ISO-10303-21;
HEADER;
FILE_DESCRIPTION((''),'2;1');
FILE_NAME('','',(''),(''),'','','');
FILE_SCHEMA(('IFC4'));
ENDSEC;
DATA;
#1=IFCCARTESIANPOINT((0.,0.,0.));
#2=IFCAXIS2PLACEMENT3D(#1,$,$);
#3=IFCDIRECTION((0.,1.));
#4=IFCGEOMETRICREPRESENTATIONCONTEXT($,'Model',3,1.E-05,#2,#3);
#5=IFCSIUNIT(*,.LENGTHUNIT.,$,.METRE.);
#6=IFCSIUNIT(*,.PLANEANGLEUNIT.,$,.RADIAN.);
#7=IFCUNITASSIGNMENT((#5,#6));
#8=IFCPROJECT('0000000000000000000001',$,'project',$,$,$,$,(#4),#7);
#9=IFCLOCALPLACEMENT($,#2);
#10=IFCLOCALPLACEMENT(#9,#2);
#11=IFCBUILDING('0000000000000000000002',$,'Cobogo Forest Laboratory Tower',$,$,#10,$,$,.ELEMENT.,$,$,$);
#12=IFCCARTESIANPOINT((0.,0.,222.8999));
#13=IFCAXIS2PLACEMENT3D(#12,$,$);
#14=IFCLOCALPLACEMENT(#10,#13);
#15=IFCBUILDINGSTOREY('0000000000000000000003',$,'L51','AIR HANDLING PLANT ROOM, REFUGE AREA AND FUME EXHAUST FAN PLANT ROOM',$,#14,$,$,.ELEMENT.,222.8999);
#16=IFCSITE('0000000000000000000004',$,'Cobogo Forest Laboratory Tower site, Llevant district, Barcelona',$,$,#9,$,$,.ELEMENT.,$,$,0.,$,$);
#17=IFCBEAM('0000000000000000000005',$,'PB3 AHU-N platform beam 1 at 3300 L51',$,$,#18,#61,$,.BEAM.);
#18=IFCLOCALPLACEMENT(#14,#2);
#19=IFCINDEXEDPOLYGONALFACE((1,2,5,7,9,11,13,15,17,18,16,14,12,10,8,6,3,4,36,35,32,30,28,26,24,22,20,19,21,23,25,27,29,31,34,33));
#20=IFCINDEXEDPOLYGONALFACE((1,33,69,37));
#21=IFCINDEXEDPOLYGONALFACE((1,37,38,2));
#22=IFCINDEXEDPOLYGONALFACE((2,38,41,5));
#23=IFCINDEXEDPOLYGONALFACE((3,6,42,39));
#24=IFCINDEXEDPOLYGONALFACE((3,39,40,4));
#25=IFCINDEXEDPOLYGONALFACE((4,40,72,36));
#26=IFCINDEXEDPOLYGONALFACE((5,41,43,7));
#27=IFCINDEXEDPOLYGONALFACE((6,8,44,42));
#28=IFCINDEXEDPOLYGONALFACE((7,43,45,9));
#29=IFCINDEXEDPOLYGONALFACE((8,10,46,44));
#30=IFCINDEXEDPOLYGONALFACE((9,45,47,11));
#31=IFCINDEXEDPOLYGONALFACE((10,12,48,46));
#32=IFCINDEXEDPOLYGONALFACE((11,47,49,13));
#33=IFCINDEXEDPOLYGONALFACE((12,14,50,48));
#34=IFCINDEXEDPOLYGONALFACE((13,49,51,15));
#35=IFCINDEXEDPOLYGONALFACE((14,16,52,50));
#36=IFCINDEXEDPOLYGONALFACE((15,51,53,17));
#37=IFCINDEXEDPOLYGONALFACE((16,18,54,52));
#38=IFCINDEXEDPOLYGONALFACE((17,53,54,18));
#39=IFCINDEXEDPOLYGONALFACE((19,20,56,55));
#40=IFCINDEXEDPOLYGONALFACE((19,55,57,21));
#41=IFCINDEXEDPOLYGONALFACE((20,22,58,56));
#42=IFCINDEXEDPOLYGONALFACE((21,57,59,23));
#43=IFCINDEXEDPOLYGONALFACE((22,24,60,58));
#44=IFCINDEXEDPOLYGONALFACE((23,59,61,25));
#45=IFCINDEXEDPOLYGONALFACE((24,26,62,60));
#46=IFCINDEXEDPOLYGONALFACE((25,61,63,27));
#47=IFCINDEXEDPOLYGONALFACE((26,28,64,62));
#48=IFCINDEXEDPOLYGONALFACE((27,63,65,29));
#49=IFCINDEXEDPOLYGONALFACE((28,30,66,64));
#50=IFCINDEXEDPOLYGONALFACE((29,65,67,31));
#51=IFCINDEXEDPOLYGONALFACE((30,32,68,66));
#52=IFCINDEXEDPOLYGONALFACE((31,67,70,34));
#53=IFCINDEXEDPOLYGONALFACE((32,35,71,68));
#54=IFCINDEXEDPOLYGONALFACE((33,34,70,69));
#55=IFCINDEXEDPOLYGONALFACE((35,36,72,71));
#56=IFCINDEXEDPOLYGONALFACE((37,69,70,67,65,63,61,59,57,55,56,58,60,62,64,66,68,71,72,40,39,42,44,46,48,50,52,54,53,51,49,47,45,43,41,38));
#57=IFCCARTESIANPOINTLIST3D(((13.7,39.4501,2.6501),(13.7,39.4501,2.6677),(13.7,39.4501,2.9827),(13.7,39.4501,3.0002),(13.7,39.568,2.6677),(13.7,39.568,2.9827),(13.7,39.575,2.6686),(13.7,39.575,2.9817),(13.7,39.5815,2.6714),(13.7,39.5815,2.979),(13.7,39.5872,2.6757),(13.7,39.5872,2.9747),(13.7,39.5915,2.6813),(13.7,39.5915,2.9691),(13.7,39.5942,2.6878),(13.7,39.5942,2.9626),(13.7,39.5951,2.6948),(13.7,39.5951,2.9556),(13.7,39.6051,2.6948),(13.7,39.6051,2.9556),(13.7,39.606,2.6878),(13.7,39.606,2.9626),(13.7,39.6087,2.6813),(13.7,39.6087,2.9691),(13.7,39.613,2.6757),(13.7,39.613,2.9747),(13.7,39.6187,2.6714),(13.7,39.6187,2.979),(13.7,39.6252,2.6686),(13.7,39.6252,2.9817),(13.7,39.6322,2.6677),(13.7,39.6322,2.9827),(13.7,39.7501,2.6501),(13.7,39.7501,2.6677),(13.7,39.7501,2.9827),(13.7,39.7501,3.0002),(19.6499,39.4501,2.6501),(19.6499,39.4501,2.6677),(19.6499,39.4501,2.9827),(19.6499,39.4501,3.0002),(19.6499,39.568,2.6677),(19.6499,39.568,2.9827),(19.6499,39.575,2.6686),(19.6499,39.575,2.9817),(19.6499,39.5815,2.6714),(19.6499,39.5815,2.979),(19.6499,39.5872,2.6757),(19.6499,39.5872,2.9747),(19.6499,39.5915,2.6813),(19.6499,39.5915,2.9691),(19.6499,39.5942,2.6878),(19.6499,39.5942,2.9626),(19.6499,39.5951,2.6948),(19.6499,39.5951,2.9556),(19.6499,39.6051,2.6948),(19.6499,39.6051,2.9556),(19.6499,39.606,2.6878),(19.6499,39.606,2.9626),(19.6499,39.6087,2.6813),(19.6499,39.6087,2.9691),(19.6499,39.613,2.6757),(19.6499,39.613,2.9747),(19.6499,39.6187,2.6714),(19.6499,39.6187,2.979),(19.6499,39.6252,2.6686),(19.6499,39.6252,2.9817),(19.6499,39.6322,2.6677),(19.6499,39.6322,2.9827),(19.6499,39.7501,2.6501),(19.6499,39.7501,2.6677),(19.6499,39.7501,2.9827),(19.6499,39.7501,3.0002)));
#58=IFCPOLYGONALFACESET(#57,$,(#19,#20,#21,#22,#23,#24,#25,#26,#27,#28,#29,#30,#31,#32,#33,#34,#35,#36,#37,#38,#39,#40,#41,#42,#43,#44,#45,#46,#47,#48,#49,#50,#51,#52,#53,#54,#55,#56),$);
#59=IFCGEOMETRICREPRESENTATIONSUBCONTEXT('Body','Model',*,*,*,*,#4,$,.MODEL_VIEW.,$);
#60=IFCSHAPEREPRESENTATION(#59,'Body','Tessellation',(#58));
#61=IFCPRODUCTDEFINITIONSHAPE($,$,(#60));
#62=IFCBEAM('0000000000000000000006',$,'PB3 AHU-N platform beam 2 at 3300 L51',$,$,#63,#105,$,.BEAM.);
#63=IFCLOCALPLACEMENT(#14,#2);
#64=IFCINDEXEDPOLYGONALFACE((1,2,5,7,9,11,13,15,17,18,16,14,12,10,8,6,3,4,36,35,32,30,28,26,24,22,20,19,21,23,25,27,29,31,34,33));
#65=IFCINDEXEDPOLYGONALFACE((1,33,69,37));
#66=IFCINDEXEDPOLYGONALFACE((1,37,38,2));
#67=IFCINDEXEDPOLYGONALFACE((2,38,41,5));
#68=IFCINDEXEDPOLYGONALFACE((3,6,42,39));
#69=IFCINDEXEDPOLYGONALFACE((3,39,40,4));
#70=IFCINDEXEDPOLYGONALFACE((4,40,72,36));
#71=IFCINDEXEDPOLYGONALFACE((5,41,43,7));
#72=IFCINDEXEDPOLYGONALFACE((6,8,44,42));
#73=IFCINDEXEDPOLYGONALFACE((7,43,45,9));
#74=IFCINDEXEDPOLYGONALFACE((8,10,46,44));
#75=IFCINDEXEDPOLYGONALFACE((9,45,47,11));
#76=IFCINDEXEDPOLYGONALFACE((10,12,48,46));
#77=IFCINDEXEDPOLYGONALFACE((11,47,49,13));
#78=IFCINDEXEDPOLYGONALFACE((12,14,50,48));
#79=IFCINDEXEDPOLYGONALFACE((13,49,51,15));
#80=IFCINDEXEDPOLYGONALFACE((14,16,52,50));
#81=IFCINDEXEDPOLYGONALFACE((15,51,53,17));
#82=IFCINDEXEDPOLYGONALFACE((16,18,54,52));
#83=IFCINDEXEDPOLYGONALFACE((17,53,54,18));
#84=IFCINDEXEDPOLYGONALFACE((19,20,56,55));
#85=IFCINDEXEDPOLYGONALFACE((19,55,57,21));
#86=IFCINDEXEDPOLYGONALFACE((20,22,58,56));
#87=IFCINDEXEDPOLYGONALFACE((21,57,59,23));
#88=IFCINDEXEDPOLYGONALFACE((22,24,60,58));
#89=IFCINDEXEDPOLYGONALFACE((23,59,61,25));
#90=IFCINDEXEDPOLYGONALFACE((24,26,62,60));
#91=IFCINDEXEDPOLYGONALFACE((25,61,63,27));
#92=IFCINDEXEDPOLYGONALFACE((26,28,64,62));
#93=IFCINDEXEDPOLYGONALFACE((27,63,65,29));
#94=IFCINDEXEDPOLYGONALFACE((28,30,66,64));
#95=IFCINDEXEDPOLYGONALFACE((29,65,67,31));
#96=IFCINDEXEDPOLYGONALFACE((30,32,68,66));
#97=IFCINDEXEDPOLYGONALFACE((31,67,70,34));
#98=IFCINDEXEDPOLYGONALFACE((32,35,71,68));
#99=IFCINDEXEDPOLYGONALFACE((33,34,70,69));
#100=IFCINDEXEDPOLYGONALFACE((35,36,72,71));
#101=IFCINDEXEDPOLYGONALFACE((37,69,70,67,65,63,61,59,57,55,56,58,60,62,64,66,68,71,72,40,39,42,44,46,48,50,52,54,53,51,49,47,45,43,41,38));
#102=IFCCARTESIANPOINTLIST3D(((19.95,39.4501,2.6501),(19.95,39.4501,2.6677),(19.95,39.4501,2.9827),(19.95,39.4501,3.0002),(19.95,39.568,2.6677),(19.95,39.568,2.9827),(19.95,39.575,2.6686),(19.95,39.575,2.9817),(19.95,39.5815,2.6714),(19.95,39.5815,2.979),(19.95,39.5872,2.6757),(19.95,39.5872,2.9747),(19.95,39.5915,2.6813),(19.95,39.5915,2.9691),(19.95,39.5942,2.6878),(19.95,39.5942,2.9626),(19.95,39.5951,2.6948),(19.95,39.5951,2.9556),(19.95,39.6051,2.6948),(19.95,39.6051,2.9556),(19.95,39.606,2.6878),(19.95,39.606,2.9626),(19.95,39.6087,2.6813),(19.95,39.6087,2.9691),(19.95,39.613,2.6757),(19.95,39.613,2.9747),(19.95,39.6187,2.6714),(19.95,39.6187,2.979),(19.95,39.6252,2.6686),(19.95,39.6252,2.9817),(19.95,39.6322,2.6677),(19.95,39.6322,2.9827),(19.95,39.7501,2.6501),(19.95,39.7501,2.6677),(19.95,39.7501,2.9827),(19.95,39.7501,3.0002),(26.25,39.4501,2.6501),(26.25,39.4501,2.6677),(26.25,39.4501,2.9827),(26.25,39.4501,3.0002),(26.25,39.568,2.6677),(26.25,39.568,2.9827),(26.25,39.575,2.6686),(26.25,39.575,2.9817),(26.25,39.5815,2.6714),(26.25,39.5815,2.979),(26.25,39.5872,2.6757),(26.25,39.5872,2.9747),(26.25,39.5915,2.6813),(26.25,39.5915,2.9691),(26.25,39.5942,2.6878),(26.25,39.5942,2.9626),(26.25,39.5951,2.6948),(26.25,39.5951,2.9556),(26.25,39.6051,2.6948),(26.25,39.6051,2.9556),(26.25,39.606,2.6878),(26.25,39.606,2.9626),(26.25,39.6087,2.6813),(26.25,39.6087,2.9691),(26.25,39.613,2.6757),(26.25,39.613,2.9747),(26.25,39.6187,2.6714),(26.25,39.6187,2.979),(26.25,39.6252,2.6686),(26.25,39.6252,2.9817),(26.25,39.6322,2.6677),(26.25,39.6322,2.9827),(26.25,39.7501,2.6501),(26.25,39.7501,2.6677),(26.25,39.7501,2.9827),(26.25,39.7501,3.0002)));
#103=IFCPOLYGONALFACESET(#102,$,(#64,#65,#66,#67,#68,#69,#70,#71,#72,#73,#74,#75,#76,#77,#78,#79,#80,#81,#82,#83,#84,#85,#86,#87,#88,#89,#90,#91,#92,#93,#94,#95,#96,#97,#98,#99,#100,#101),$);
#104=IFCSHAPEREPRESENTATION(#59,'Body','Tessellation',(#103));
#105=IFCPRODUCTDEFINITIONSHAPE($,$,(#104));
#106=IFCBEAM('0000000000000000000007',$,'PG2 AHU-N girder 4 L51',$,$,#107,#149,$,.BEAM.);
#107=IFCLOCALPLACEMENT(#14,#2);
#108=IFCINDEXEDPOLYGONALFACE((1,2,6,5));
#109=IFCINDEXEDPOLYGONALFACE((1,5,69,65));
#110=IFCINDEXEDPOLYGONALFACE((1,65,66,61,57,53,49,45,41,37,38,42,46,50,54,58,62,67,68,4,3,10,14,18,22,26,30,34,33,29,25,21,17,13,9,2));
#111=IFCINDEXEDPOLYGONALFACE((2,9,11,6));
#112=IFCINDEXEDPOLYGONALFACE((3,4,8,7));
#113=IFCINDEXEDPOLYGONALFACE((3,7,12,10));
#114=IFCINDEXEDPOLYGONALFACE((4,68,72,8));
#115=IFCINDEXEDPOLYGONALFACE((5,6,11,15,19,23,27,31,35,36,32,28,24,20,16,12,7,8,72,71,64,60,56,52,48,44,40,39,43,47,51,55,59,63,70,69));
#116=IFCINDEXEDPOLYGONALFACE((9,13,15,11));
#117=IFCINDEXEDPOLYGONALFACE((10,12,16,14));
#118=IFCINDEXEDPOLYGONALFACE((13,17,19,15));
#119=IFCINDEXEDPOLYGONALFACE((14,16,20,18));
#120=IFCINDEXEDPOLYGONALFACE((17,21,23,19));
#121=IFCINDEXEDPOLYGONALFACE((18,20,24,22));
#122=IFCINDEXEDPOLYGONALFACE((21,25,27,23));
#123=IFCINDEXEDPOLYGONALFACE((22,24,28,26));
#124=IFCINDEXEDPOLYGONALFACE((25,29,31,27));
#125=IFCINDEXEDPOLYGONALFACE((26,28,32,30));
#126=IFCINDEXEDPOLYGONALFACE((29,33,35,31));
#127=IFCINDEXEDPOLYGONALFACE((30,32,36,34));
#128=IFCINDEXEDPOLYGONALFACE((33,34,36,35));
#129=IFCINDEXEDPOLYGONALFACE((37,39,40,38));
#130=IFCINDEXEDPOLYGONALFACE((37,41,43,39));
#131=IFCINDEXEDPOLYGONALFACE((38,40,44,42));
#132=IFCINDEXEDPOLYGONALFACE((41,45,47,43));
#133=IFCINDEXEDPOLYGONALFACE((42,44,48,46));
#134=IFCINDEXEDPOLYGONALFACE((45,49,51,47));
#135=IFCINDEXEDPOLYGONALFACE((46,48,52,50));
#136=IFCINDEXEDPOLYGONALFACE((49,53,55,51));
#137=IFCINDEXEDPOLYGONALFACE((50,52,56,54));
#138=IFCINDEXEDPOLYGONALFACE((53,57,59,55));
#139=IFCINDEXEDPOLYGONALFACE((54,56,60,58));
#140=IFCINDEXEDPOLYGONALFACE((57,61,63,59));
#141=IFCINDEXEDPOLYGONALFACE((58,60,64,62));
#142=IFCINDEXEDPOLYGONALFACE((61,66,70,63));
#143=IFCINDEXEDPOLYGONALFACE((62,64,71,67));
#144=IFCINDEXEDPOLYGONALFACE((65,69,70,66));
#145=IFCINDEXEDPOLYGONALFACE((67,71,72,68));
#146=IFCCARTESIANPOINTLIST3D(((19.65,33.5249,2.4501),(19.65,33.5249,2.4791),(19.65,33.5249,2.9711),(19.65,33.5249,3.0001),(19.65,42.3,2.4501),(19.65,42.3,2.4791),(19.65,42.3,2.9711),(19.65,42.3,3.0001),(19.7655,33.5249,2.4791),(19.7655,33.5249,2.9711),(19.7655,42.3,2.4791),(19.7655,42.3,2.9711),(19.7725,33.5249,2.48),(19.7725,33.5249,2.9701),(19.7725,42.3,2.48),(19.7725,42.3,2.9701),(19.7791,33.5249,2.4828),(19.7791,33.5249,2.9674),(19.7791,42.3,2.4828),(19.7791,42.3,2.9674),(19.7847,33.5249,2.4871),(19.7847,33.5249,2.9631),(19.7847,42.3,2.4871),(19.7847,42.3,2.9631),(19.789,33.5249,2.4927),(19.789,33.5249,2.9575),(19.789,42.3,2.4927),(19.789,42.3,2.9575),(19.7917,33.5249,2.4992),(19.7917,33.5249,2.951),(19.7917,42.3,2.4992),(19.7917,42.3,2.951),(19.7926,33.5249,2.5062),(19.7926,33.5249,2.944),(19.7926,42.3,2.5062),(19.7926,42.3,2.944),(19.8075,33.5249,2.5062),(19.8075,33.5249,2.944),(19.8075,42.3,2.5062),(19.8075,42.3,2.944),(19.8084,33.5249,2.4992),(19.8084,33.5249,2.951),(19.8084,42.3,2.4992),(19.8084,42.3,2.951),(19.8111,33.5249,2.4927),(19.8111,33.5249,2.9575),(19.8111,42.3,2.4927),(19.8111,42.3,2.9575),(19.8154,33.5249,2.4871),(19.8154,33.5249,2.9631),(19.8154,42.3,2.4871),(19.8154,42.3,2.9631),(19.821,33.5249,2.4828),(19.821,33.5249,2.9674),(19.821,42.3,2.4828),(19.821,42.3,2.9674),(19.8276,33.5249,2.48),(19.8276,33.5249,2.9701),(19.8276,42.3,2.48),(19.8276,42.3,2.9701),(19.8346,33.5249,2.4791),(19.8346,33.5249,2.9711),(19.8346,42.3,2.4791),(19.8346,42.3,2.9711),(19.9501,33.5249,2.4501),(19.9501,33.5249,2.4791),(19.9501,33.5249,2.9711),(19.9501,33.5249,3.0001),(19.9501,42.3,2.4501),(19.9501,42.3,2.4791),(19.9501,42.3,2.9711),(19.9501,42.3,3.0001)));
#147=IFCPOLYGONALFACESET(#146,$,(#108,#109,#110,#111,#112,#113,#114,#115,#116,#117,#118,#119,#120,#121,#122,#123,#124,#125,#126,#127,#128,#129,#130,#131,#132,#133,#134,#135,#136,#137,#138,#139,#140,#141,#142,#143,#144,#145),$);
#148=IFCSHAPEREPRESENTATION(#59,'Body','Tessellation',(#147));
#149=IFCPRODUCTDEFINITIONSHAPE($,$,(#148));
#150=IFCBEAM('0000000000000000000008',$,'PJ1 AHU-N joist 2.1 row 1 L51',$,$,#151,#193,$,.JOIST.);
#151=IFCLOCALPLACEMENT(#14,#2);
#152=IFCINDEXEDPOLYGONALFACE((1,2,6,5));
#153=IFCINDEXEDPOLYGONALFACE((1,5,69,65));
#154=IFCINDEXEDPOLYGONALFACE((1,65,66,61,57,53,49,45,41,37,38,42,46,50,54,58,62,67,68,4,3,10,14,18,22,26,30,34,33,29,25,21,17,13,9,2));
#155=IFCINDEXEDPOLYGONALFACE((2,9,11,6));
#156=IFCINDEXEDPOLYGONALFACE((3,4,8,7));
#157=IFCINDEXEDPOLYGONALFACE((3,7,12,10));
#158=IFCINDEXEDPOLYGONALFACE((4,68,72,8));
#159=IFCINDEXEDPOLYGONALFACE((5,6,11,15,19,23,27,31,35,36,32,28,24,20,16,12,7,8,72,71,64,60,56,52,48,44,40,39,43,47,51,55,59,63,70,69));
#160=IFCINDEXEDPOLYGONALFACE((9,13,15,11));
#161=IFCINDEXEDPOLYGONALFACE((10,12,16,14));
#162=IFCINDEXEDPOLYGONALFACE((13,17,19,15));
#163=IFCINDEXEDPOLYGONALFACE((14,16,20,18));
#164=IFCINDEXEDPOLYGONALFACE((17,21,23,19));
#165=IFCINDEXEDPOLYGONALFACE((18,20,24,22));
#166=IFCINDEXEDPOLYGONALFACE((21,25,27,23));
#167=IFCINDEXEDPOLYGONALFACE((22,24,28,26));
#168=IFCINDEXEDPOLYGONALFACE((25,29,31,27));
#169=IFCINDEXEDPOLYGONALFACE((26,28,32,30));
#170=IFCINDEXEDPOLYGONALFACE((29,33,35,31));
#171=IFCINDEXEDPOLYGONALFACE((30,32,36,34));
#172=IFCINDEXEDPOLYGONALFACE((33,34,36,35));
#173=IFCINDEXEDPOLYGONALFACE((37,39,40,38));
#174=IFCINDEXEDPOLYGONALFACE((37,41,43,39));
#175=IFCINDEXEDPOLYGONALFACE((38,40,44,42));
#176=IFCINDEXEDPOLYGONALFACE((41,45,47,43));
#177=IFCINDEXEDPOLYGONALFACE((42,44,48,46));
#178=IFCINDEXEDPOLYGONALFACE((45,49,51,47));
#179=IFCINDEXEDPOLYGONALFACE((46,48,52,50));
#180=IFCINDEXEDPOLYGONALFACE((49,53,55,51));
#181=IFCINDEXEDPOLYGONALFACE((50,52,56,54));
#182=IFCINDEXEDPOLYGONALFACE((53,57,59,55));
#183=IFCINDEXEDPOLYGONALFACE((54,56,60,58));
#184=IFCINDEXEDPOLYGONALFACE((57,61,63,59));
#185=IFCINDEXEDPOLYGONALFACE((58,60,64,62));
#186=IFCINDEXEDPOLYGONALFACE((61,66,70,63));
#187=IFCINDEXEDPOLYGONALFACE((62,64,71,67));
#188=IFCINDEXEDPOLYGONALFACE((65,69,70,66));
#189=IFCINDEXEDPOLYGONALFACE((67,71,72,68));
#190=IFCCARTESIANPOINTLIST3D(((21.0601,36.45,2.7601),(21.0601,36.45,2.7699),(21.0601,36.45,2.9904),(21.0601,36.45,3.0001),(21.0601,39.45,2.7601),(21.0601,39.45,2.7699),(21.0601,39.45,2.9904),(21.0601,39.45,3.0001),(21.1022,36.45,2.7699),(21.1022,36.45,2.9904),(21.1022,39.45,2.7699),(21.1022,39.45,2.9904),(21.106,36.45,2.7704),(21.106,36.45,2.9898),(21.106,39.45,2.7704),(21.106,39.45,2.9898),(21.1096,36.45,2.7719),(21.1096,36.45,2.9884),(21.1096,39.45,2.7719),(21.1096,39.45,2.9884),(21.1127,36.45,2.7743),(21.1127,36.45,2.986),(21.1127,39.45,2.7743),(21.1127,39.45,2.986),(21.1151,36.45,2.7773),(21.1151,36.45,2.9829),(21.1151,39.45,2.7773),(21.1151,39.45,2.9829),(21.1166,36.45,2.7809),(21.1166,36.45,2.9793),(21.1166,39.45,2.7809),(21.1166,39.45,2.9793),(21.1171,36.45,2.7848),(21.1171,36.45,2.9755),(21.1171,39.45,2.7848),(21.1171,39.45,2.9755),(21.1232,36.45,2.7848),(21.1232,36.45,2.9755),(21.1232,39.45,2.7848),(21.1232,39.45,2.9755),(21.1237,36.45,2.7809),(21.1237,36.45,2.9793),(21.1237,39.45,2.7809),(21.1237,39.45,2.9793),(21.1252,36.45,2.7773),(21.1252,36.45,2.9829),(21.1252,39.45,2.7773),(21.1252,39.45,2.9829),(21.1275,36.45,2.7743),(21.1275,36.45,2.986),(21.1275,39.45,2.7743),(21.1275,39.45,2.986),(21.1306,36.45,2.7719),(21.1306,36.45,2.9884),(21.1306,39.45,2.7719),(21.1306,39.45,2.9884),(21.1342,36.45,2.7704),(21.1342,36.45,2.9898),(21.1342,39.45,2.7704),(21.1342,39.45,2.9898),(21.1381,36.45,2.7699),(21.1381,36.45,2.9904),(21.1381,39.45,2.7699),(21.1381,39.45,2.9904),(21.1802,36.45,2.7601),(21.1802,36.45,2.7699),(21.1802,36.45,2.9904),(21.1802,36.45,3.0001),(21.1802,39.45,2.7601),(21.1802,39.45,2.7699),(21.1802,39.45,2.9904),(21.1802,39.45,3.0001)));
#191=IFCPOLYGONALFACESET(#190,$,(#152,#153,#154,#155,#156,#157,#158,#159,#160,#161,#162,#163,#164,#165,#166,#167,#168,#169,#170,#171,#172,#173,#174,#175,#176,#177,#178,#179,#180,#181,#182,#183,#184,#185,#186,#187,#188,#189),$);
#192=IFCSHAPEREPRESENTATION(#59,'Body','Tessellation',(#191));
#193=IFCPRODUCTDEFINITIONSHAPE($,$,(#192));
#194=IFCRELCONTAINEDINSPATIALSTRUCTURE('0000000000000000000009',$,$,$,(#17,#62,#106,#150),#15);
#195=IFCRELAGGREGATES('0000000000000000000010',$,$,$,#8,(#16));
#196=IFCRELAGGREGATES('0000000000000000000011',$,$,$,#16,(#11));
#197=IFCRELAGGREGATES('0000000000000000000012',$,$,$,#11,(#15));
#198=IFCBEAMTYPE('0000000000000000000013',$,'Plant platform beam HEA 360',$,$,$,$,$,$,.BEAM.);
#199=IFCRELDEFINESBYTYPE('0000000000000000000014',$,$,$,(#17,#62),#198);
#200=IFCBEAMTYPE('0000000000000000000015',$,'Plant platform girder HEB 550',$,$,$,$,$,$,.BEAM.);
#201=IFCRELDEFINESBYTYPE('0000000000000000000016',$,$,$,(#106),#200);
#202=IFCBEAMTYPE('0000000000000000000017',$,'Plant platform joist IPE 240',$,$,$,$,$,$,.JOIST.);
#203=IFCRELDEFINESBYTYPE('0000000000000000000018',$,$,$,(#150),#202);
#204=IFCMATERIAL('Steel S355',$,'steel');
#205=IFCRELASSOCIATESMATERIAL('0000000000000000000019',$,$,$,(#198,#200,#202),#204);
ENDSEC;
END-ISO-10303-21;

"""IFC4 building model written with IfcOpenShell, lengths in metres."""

from ifc_helpers import new_model, si_unit, direction, frame, origin, origin_2d, place, context, subcontext, project, spatial, i_section, extrude, material, material_profile, profile_set, type_object, element, save


model = new_model("IFC4")

# Units and contexts
model_context = context("Model", 3, precision=1e-05, world=origin(), true_north=direction((0.0, 1.0)))
body_context = subcontext(model_context, "Body", "Model", "MODEL_VIEW")
ifc_project = project(units=[si_unit("LENGTHUNIT", "METRE"), si_unit("PLANEANGLEUNIT", "RADIAN")], contexts=[model_context])

# Site, building, storey
site_placement = place(None, origin())
site = spatial("IfcSite", under=ifc_project, at=site_placement, Name="Cobogo Forest Laboratory Tower site, Llevant district, Barcelona", CompositionType="ELEMENT", RefElevation=0.0)
building_placement = place(site_placement, origin())
building = spatial("IfcBuilding", under=site, at=building_placement, Name="Cobogo Forest Laboratory Tower", CompositionType="ELEMENT")
storey_placement = place(building_placement, frame((0.0, 0.0, 222.8999)))
storey = spatial("IfcBuildingStorey", under=building, at=storey_placement, Name="L51", Description="AIR HANDLING PLANT ROOM, REFUGE AREA AND FUME EXHAUST FAN PLANT ROOM", CompositionType="ELEMENT", Elevation=222.8999)

# Shared definitions
ifc_material_1 = material(Name="Steel S355", Category="steel")

# Beams
ifc_material_profile_1 = material_profile(ifc_material_1, i_section(OverallWidth=0.3, OverallDepth=0.3501, WebThickness=0.01, FlangeThickness=0.0176, FilletRadius=0.0271, at=origin_2d()), Name="HEA 360")
ifc_profile_set_1 = profile_set([ifc_material_profile_1], Name="Steel S355")
beam_type_1 = type_object("IfcBeamType", Name="Plant platform beam HEA 360", PredefinedType="BEAM", material=ifc_profile_set_1)
beam_1_placement = place(storey_placement, frame((13.7, 39.6001, 2.8252), z_axis=(1.0, 0.0, 0.0), x_axis=(0.0, 1.0, 0.0)))
element("IfcBeam", 1, at=beam_1_placement, inside=storey, type_object=beam_type_1, Name="PB3 AHU-N platform beam 1 at 3300 L51", PredefinedType="BEAM", context=body_context, shape_type="SweptSolid", body=[
    extrude(i_section(OverallWidth=0.3, OverallDepth=0.3501, WebThickness=0.01, FlangeThickness=0.0176, FilletRadius=0.0271, at=origin_2d()), origin(), (0.0, 0.0, 1.0), 5.95),
])
beam_2_placement = place(storey_placement, frame((19.95, 39.6001, 2.8252), z_axis=(1.0, 0.0, 0.0), x_axis=(0.0, 1.0, 0.0)))
element("IfcBeam", 2, at=beam_2_placement, inside=storey, type_object=beam_type_1, Name="PB3 AHU-N platform beam 2 at 3300 L51", PredefinedType="BEAM", context=body_context, shape_type="SweptSolid", body=[
    extrude(i_section(OverallWidth=0.3, OverallDepth=0.3501, WebThickness=0.01, FlangeThickness=0.0176, FilletRadius=0.0271, at=origin_2d()), origin(), (0.0, 0.0, 1.0), 6.3),
])
ifc_material_profile_2 = material_profile(ifc_material_1, i_section(OverallWidth=0.3, OverallDepth=0.55, WebThickness=0.0149, FlangeThickness=0.0291, FilletRadius=0.0271, at=origin_2d()), Name="HEB 550")
ifc_profile_set_2 = profile_set([ifc_material_profile_2], Name="Steel S355")
beam_type_2 = type_object("IfcBeamType", Name="Plant platform girder HEB 550", PredefinedType="BEAM", material=ifc_profile_set_2)
beam_3_placement = place(storey_placement, frame((19.8, 42.3, 2.7251), z_axis=(0.0, -1.0, 0.0), x_axis=(1.0, 0.0, 0.0)))
element("IfcBeam", 3, at=beam_3_placement, inside=storey, type_object=beam_type_2, Name="PG2 AHU-N girder 4 L51", PredefinedType="BEAM", context=body_context, shape_type="SweptSolid", body=[
    extrude(i_section(OverallWidth=0.3, OverallDepth=0.55, WebThickness=0.0149, FlangeThickness=0.0291, FilletRadius=0.0271, at=origin_2d()), origin(), (0.0, 0.0, 1.0), 8.7751),
])
ifc_material_profile_3 = material_profile(ifc_material_1, i_section(OverallWidth=0.1201, OverallDepth=0.24, WebThickness=0.0061, FlangeThickness=0.0098, FilletRadius=0.0149, at=origin_2d()), Name="IPE 240")
ifc_profile_set_3 = profile_set([ifc_material_profile_3], Name="Steel S355")
beam_type_3 = type_object("IfcBeamType", Name="Plant platform joist IPE 240", PredefinedType="JOIST", material=ifc_profile_set_3)
for number, where, z_axis, x_axis, name in (
    (4, (21.1201, 39.45, 2.8801), (0.0, -1.0, 0.0), (1.0, 0.0, 0.0), "PJ1 AHU-N joist 2.1 row 1 L51"),
):
    element("IfcBeam", number, at=place(storey_placement, frame(where, z_axis=z_axis, x_axis=x_axis)), inside=storey, type_object=beam_type_3, Name=name, PredefinedType="JOIST", context=body_context, shape_type="SweptSolid", body=[
        extrude(i_section(OverallWidth=0.1201, OverallDepth=0.24, WebThickness=0.0061, FlangeThickness=0.0098, FilletRadius=0.0149, at=origin_2d()), origin(), (0.0, 0.0, 1.0), 3.0),
    ])

save(model, "model.ifc")
